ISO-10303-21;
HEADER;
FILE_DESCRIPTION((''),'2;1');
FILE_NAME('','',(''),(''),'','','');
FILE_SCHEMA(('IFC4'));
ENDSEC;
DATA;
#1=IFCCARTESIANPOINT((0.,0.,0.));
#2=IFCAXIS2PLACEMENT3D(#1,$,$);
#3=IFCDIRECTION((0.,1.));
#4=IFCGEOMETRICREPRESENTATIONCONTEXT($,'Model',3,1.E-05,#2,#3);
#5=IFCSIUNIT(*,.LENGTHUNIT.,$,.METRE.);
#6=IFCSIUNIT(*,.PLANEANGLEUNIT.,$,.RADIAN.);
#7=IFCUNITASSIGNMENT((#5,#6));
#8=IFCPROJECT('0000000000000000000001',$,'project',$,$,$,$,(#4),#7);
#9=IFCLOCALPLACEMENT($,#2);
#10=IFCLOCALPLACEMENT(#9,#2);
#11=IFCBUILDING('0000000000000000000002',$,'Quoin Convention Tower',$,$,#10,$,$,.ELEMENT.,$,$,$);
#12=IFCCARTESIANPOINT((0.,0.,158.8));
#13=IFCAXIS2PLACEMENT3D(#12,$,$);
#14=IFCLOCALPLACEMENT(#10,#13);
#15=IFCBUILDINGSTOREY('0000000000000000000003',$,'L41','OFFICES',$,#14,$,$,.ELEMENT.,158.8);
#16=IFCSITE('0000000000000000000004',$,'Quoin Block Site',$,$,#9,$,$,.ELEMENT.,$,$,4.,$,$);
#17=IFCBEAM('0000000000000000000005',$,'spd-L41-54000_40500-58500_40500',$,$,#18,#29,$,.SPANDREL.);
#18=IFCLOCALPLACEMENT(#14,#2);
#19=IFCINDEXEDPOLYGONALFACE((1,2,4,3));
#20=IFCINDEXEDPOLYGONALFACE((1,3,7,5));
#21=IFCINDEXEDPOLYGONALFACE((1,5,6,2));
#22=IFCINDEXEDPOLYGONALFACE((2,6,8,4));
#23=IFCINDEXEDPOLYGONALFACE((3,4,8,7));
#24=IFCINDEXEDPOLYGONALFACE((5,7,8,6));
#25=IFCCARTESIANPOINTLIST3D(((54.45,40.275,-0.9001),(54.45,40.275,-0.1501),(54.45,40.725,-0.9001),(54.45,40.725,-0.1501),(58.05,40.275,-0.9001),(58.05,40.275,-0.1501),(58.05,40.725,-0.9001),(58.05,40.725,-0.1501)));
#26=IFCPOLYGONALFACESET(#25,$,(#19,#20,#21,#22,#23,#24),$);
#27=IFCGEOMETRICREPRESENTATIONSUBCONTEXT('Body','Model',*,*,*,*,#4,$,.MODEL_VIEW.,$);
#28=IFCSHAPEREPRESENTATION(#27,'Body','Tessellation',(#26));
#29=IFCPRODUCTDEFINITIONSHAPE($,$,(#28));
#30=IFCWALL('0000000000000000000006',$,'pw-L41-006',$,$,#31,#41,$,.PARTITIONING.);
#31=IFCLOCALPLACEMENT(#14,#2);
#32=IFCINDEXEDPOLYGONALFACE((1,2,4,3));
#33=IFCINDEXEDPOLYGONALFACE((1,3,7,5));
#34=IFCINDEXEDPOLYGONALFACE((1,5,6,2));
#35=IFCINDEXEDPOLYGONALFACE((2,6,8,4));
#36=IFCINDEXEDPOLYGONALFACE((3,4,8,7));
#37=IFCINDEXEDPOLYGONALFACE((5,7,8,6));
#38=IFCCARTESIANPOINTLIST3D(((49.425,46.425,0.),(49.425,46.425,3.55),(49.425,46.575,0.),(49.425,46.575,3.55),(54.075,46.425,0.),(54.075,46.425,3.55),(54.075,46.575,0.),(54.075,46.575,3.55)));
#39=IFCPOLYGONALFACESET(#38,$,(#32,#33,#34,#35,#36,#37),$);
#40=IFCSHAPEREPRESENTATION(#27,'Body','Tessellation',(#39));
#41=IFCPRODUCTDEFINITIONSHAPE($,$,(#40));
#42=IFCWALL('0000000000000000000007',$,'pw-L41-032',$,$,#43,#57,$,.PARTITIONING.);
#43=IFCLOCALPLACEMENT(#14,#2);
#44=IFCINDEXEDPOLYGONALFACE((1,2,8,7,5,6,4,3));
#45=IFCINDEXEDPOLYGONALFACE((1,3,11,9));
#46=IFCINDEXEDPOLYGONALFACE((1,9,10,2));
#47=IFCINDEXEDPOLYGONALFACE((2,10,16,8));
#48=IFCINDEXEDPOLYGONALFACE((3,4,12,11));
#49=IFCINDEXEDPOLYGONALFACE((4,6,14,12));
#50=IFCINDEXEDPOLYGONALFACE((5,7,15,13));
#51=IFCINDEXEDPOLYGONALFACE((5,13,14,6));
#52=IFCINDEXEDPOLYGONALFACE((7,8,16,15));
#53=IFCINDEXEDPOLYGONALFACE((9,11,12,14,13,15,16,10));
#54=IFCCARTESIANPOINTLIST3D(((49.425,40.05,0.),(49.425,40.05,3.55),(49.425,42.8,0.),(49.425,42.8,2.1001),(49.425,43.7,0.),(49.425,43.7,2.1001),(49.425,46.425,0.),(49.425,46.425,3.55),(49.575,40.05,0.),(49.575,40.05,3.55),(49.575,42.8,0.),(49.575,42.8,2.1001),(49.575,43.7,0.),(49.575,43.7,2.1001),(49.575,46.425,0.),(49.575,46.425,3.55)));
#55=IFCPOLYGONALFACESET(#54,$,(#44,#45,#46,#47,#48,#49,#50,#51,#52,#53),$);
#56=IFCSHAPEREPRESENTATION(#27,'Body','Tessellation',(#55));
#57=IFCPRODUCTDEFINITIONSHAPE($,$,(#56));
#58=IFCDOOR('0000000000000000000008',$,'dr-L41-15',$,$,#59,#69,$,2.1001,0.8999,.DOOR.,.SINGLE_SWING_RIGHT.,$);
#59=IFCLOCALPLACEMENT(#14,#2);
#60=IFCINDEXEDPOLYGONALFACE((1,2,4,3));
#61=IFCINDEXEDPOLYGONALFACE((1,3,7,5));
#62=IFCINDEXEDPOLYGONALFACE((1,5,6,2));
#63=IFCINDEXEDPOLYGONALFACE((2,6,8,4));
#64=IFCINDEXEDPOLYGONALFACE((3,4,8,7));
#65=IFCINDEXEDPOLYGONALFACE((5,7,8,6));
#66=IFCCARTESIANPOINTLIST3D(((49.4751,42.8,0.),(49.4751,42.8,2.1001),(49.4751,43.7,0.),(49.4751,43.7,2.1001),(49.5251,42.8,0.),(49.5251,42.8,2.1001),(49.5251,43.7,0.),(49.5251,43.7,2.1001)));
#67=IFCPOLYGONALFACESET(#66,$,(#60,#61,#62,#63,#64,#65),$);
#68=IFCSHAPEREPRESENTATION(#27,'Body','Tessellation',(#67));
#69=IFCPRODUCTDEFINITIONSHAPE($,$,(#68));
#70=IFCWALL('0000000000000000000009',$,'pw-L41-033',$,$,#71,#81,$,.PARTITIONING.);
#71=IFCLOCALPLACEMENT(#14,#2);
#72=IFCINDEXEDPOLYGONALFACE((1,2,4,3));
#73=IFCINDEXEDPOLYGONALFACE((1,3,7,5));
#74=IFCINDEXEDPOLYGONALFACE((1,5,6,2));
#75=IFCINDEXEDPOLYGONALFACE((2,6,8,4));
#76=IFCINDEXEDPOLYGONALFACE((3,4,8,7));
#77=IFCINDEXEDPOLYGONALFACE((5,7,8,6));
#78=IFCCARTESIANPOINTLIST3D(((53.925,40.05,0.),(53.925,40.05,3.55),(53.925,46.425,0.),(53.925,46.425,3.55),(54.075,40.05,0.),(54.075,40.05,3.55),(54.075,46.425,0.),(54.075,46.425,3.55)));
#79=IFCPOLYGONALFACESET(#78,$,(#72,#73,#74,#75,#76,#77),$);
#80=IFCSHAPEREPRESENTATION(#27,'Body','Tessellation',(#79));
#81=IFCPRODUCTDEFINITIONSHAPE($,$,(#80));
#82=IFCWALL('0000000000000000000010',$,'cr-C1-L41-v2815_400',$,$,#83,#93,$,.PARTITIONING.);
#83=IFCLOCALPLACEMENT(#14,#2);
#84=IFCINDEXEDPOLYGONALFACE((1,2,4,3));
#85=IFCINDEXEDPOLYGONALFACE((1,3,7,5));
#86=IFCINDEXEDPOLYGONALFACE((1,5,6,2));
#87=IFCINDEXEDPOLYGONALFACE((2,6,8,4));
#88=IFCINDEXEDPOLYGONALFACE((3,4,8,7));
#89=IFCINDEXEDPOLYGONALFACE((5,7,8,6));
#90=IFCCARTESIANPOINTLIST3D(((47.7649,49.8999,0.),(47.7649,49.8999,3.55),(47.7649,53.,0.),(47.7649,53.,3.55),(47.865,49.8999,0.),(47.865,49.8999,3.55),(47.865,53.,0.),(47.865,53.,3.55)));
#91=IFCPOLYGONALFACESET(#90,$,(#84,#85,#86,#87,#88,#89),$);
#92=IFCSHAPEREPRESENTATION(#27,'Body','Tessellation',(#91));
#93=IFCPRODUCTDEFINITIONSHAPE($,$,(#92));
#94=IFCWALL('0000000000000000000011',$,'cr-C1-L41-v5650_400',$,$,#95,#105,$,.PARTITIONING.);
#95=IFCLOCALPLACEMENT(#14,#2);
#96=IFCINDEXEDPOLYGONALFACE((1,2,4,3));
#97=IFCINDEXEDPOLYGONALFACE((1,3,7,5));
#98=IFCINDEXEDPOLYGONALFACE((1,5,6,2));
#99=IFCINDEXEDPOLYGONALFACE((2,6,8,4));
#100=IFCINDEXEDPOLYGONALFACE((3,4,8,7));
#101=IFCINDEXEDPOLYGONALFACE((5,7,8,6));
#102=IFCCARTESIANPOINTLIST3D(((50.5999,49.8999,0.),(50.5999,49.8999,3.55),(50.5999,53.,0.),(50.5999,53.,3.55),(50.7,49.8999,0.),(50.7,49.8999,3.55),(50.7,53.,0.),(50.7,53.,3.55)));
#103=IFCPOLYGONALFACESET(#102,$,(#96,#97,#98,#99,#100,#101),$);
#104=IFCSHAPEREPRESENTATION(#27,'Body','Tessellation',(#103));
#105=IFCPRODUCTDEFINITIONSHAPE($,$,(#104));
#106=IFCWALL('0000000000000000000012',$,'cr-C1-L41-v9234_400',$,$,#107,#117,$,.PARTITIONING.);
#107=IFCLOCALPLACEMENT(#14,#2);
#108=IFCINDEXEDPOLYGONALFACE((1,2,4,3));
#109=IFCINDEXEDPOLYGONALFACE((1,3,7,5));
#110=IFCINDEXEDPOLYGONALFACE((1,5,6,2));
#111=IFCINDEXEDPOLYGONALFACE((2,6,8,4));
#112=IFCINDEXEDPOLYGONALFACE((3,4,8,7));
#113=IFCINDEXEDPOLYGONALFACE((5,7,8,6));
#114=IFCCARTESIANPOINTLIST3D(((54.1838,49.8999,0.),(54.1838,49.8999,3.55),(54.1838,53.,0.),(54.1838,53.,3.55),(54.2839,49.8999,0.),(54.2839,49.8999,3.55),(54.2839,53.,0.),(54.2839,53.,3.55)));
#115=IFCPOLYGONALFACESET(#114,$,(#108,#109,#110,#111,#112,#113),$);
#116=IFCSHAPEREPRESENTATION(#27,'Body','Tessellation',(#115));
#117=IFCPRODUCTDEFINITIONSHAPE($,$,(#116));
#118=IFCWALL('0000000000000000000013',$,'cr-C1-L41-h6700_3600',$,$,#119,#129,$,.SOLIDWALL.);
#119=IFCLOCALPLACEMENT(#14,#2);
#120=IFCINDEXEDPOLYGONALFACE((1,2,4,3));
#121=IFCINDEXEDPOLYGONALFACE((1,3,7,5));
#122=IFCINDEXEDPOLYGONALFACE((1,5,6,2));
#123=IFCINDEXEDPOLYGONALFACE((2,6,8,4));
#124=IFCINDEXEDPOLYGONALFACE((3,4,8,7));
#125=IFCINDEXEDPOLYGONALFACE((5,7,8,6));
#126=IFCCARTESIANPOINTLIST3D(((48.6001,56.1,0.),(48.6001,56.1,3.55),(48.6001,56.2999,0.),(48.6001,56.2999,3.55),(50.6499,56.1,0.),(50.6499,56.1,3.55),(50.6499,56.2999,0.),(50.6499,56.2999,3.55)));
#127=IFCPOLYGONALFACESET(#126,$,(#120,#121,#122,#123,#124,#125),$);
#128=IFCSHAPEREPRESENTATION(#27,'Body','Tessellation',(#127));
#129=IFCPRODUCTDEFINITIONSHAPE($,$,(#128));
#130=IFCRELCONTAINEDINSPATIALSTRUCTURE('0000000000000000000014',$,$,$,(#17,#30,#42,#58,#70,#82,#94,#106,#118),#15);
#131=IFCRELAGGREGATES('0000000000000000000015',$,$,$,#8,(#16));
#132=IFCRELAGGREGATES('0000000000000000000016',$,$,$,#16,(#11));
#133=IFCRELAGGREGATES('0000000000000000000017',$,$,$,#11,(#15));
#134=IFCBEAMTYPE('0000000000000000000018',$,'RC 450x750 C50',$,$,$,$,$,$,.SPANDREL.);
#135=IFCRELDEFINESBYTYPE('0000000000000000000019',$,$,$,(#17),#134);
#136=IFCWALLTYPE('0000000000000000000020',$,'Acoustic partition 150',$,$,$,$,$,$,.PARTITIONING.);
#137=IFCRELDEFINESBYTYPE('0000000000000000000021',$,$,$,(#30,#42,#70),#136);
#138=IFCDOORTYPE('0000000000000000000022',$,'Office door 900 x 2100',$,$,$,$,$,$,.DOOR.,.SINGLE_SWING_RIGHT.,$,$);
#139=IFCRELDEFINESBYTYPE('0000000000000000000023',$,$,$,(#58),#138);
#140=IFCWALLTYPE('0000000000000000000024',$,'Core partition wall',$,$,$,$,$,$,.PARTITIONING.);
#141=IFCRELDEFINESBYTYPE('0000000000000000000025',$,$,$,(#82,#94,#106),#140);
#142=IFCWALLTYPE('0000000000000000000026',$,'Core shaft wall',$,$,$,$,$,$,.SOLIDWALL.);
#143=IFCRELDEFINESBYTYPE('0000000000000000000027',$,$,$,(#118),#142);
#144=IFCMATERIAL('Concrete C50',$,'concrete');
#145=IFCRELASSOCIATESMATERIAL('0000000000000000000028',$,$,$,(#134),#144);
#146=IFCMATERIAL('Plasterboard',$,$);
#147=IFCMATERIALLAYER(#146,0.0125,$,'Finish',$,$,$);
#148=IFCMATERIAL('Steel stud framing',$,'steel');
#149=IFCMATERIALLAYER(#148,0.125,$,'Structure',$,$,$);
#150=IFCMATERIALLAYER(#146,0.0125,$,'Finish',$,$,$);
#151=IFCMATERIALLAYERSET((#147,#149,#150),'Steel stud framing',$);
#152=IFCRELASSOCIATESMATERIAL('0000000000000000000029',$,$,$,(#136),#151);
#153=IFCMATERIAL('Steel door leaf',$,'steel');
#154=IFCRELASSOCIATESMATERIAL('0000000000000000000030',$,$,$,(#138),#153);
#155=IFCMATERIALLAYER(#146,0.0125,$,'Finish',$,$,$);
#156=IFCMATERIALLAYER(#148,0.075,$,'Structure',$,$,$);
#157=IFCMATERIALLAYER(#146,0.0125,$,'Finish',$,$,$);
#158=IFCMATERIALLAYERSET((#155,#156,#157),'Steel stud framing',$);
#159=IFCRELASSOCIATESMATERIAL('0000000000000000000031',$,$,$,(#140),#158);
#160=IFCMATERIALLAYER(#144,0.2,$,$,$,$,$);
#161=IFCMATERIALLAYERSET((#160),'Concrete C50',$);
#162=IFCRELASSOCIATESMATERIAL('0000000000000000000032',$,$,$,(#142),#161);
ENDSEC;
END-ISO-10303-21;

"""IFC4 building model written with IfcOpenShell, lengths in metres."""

from ifc_helpers import new_model, si_unit, direction, frame, frame_2d, origin, origin_2d, place, context, subcontext, project, spatial, rectangle, extrude, material, layer, layer_set, material_profile, profile_set, type_object, element, fill, save


model = new_model("IFC4")

# Units and contexts
model_context = context("Model", 3, precision=1e-05, world=origin(), true_north=direction((0.0, 1.0)))
body_context = subcontext(model_context, "Body", "Model", "MODEL_VIEW")
ifc_project = project(units=[si_unit("LENGTHUNIT", "METRE"), si_unit("PLANEANGLEUNIT", "RADIAN")], contexts=[model_context])

# Site, building, storey
site_placement = place(None, origin())
site = spatial("IfcSite", under=ifc_project, at=site_placement, Name="Quoin Block Site", CompositionType="ELEMENT", RefElevation=4.0)
building_placement = place(site_placement, origin())
building = spatial("IfcBuilding", under=site, at=building_placement, Name="Quoin Convention Tower", CompositionType="ELEMENT")
storey_placement = place(building_placement, frame((0.0, 0.0, 158.8)))
storey = spatial("IfcBuildingStorey", under=building, at=storey_placement, Name="L41", Description="OFFICES", CompositionType="ELEMENT", Elevation=158.8)

# Shared definitions
ifc_material_1 = material(Name="Concrete C50", Category="concrete")

# Beam
ifc_material_profile_1 = material_profile(ifc_material_1, rectangle(XDim=0.45, YDim=0.75, at=origin_2d()), Name="RC 450x750")
ifc_profile_set_1 = profile_set([ifc_material_profile_1], Name="Concrete C50")
beam_type_1 = type_object("IfcBeamType", Name="RC 450x750 C50", PredefinedType="SPANDREL", material=ifc_profile_set_1)
for number, where, z_axis, x_axis, name in (
    (1, (54.45, 40.5, -0.5251), (1.0, 0.0, 0.0), (0.0, 1.0, 0.0), "spd-L41-54000_40500-58500_40500"),
):
    element("IfcBeam", number, at=place(storey_placement, frame(where, z_axis=z_axis, x_axis=x_axis)), inside=storey, type_object=beam_type_1, Name=name, PredefinedType="SPANDREL", context=body_context, shape_type="SweptSolid", body=[
        extrude(rectangle(XDim=0.45, YDim=0.75, at=origin_2d()), origin(), (0.0, 0.0, 1.0), 3.6001),
    ])

# Wall
ifc_material_2 = material(Name="Plasterboard")
ifc_layer_1 = layer(ifc_material_2, 0.0125, Name="Finish")
ifc_material_3 = material(Name="Steel stud framing", Category="steel")
ifc_layer_2 = layer(ifc_material_3, 0.125, Name="Structure")
ifc_layer_3 = layer(ifc_material_2, 0.0125, Name="Finish")
ifc_layer_set_1 = layer_set([ifc_layer_1, ifc_layer_2, ifc_layer_3], Name="Steel stud framing")
wall_type_1 = type_object("IfcWallType", Name="Acoustic partition 150", PredefinedType="PARTITIONING", material=ifc_layer_set_1)
wall_1_placement = place(storey_placement, frame((49.425, 46.5, 0.0), z_axis=(0.0, 0.0, 1.0), x_axis=(1.0, 0.0, 0.0)))
element("IfcWall", 2, at=wall_1_placement, inside=storey, type_object=wall_type_1, Name="pw-L41-006", PredefinedType="PARTITIONING", context=body_context, shape_type="SweptSolid", body=[
    extrude(rectangle(XDim=4.6499, YDim=0.1499, at=frame_2d((2.325, 0.0))), origin(), (0.0, 0.0, 1.0), 3.55),
])

# Wall, opening, door
wall_2_placement = place(storey_placement, frame((49.5, 40.05, 0.0), z_axis=(0.0, 0.0, 1.0), x_axis=(0.0, 1.0, 0.0)))
wall_2 = element("IfcWall", 3, at=wall_2_placement, inside=storey, type_object=wall_type_1, Name="pw-L41-032", PredefinedType="PARTITIONING", context=body_context, shape_type="SweptSolid", body=[
    extrude(rectangle(XDim=6.375, YDim=0.1499, at=frame_2d((3.1875, 0.0))), origin(), (0.0, 0.0, 1.0), 3.55),
])
opening_1_placement = place(wall_2_placement, frame((2.75, 0.0, 0.0)))
opening_1 = element("IfcOpeningElement", 4, at=opening_1_placement, cuts=wall_2, PredefinedType="OPENING", context=body_context, shape_type="SweptSolid", body=[
    extrude(rectangle(XDim=0.8999, YDim=2.1001, at=frame_2d((0.45, 1.05))), frame((0.0, 0.085, 0.0), z_axis=(0.0, -1.0, 0.0), x_axis=(1.0, 0.0, 0.0)), (0.0, 0.0, 1.0), 0.1699),
])
ifc_material_4 = material(Name="Steel door leaf", Category="steel")
door_type_1 = type_object("IfcDoorType", Name="Office door 900 x 2100", OperationType="SINGLE_SWING_RIGHT", PredefinedType="DOOR", material=ifc_material_4)
door_1_placement = place(opening_1_placement, origin())
door_1 = element("IfcDoor", 5, at=door_1_placement, inside=storey, type_object=door_type_1, Name="dr-L41-15", OperationType="SINGLE_SWING_RIGHT", OverallHeight=2.1001, OverallWidth=0.8999, PredefinedType="DOOR", context=body_context, shape_type="SweptSolid", body=[
    extrude(rectangle(XDim=0.8999, YDim=2.1001, at=frame_2d((0.45, 1.05))), frame((0.0, 0.0249, 0.0), z_axis=(0.0, -1.0, 0.0), x_axis=(1.0, 0.0, 0.0)), (0.0, 0.0, 1.0), 0.05),
])
fill(opening_1, door_1)

# Walls
wall_3_placement = place(storey_placement, frame((54.0, 40.05, 0.0), z_axis=(0.0, 0.0, 1.0), x_axis=(0.0, 1.0, 0.0)))
element("IfcWall", 6, at=wall_3_placement, inside=storey, type_object=wall_type_1, Name="pw-L41-033", PredefinedType="PARTITIONING", context=body_context, shape_type="SweptSolid", body=[
    extrude(rectangle(XDim=6.375, YDim=0.1499, at=frame_2d((3.1875, 0.0))), origin(), (0.0, 0.0, 1.0), 3.55),
])
ifc_layer_4 = layer(ifc_material_2, 0.0125, Name="Finish")
ifc_layer_5 = layer(ifc_material_3, 0.075, Name="Structure")
ifc_layer_6 = layer(ifc_material_2, 0.0125, Name="Finish")
ifc_layer_set_2 = layer_set([ifc_layer_4, ifc_layer_5, ifc_layer_6], Name="Steel stud framing")
wall_type_2 = type_object("IfcWallType", Name="Core partition wall", PredefinedType="PARTITIONING", material=ifc_layer_set_2)
for number, where, z_axis, x_axis, name in (
    (7, (47.8149, 49.8999, 0.0), (0.0, 0.0, 1.0), (0.0, 1.0, 0.0), "cr-C1-L41-v2815_400"),
    (8, (50.6499, 49.8999, 0.0), (0.0, 0.0, 1.0), (0.0, 1.0, 0.0), "cr-C1-L41-v5650_400"),
    (9, (54.2339, 49.8999, 0.0), (0.0, 0.0, 1.0), (0.0, 1.0, 0.0), "cr-C1-L41-v9234_400"),
):
    element("IfcWall", number, at=place(storey_placement, frame(where, z_axis=z_axis, x_axis=x_axis)), inside=storey, type_object=wall_type_2, Name=name, PredefinedType="PARTITIONING", context=body_context, shape_type="SweptSolid", body=[
        extrude(rectangle(XDim=3.1001, YDim=0.1001, at=frame_2d((1.55, 0.0))), origin(), (0.0, 0.0, 1.0), 3.55),
    ])
ifc_layer_7 = layer(ifc_material_1, 0.2)
ifc_layer_set_3 = layer_set([ifc_layer_7], Name="Concrete C50")
wall_type_3 = type_object("IfcWallType", Name="Core shaft wall", PredefinedType="SOLIDWALL", material=ifc_layer_set_3)
wall_4_placement = place(storey_placement, frame((48.6001, 56.2, 0.0), z_axis=(0.0, 0.0, 1.0), x_axis=(1.0, 0.0, 0.0)))
element("IfcWall", 10, at=wall_4_placement, inside=storey, type_object=wall_type_3, Name="cr-C1-L41-h6700_3600", PredefinedType="SOLIDWALL", context=body_context, shape_type="SweptSolid", body=[
    extrude(rectangle(XDim=2.0498, YDim=0.2, at=frame_2d((1.0249, 0.0))), origin(), (0.0, 0.0, 1.0), 3.55),
])

save(model, "model.ifc")
